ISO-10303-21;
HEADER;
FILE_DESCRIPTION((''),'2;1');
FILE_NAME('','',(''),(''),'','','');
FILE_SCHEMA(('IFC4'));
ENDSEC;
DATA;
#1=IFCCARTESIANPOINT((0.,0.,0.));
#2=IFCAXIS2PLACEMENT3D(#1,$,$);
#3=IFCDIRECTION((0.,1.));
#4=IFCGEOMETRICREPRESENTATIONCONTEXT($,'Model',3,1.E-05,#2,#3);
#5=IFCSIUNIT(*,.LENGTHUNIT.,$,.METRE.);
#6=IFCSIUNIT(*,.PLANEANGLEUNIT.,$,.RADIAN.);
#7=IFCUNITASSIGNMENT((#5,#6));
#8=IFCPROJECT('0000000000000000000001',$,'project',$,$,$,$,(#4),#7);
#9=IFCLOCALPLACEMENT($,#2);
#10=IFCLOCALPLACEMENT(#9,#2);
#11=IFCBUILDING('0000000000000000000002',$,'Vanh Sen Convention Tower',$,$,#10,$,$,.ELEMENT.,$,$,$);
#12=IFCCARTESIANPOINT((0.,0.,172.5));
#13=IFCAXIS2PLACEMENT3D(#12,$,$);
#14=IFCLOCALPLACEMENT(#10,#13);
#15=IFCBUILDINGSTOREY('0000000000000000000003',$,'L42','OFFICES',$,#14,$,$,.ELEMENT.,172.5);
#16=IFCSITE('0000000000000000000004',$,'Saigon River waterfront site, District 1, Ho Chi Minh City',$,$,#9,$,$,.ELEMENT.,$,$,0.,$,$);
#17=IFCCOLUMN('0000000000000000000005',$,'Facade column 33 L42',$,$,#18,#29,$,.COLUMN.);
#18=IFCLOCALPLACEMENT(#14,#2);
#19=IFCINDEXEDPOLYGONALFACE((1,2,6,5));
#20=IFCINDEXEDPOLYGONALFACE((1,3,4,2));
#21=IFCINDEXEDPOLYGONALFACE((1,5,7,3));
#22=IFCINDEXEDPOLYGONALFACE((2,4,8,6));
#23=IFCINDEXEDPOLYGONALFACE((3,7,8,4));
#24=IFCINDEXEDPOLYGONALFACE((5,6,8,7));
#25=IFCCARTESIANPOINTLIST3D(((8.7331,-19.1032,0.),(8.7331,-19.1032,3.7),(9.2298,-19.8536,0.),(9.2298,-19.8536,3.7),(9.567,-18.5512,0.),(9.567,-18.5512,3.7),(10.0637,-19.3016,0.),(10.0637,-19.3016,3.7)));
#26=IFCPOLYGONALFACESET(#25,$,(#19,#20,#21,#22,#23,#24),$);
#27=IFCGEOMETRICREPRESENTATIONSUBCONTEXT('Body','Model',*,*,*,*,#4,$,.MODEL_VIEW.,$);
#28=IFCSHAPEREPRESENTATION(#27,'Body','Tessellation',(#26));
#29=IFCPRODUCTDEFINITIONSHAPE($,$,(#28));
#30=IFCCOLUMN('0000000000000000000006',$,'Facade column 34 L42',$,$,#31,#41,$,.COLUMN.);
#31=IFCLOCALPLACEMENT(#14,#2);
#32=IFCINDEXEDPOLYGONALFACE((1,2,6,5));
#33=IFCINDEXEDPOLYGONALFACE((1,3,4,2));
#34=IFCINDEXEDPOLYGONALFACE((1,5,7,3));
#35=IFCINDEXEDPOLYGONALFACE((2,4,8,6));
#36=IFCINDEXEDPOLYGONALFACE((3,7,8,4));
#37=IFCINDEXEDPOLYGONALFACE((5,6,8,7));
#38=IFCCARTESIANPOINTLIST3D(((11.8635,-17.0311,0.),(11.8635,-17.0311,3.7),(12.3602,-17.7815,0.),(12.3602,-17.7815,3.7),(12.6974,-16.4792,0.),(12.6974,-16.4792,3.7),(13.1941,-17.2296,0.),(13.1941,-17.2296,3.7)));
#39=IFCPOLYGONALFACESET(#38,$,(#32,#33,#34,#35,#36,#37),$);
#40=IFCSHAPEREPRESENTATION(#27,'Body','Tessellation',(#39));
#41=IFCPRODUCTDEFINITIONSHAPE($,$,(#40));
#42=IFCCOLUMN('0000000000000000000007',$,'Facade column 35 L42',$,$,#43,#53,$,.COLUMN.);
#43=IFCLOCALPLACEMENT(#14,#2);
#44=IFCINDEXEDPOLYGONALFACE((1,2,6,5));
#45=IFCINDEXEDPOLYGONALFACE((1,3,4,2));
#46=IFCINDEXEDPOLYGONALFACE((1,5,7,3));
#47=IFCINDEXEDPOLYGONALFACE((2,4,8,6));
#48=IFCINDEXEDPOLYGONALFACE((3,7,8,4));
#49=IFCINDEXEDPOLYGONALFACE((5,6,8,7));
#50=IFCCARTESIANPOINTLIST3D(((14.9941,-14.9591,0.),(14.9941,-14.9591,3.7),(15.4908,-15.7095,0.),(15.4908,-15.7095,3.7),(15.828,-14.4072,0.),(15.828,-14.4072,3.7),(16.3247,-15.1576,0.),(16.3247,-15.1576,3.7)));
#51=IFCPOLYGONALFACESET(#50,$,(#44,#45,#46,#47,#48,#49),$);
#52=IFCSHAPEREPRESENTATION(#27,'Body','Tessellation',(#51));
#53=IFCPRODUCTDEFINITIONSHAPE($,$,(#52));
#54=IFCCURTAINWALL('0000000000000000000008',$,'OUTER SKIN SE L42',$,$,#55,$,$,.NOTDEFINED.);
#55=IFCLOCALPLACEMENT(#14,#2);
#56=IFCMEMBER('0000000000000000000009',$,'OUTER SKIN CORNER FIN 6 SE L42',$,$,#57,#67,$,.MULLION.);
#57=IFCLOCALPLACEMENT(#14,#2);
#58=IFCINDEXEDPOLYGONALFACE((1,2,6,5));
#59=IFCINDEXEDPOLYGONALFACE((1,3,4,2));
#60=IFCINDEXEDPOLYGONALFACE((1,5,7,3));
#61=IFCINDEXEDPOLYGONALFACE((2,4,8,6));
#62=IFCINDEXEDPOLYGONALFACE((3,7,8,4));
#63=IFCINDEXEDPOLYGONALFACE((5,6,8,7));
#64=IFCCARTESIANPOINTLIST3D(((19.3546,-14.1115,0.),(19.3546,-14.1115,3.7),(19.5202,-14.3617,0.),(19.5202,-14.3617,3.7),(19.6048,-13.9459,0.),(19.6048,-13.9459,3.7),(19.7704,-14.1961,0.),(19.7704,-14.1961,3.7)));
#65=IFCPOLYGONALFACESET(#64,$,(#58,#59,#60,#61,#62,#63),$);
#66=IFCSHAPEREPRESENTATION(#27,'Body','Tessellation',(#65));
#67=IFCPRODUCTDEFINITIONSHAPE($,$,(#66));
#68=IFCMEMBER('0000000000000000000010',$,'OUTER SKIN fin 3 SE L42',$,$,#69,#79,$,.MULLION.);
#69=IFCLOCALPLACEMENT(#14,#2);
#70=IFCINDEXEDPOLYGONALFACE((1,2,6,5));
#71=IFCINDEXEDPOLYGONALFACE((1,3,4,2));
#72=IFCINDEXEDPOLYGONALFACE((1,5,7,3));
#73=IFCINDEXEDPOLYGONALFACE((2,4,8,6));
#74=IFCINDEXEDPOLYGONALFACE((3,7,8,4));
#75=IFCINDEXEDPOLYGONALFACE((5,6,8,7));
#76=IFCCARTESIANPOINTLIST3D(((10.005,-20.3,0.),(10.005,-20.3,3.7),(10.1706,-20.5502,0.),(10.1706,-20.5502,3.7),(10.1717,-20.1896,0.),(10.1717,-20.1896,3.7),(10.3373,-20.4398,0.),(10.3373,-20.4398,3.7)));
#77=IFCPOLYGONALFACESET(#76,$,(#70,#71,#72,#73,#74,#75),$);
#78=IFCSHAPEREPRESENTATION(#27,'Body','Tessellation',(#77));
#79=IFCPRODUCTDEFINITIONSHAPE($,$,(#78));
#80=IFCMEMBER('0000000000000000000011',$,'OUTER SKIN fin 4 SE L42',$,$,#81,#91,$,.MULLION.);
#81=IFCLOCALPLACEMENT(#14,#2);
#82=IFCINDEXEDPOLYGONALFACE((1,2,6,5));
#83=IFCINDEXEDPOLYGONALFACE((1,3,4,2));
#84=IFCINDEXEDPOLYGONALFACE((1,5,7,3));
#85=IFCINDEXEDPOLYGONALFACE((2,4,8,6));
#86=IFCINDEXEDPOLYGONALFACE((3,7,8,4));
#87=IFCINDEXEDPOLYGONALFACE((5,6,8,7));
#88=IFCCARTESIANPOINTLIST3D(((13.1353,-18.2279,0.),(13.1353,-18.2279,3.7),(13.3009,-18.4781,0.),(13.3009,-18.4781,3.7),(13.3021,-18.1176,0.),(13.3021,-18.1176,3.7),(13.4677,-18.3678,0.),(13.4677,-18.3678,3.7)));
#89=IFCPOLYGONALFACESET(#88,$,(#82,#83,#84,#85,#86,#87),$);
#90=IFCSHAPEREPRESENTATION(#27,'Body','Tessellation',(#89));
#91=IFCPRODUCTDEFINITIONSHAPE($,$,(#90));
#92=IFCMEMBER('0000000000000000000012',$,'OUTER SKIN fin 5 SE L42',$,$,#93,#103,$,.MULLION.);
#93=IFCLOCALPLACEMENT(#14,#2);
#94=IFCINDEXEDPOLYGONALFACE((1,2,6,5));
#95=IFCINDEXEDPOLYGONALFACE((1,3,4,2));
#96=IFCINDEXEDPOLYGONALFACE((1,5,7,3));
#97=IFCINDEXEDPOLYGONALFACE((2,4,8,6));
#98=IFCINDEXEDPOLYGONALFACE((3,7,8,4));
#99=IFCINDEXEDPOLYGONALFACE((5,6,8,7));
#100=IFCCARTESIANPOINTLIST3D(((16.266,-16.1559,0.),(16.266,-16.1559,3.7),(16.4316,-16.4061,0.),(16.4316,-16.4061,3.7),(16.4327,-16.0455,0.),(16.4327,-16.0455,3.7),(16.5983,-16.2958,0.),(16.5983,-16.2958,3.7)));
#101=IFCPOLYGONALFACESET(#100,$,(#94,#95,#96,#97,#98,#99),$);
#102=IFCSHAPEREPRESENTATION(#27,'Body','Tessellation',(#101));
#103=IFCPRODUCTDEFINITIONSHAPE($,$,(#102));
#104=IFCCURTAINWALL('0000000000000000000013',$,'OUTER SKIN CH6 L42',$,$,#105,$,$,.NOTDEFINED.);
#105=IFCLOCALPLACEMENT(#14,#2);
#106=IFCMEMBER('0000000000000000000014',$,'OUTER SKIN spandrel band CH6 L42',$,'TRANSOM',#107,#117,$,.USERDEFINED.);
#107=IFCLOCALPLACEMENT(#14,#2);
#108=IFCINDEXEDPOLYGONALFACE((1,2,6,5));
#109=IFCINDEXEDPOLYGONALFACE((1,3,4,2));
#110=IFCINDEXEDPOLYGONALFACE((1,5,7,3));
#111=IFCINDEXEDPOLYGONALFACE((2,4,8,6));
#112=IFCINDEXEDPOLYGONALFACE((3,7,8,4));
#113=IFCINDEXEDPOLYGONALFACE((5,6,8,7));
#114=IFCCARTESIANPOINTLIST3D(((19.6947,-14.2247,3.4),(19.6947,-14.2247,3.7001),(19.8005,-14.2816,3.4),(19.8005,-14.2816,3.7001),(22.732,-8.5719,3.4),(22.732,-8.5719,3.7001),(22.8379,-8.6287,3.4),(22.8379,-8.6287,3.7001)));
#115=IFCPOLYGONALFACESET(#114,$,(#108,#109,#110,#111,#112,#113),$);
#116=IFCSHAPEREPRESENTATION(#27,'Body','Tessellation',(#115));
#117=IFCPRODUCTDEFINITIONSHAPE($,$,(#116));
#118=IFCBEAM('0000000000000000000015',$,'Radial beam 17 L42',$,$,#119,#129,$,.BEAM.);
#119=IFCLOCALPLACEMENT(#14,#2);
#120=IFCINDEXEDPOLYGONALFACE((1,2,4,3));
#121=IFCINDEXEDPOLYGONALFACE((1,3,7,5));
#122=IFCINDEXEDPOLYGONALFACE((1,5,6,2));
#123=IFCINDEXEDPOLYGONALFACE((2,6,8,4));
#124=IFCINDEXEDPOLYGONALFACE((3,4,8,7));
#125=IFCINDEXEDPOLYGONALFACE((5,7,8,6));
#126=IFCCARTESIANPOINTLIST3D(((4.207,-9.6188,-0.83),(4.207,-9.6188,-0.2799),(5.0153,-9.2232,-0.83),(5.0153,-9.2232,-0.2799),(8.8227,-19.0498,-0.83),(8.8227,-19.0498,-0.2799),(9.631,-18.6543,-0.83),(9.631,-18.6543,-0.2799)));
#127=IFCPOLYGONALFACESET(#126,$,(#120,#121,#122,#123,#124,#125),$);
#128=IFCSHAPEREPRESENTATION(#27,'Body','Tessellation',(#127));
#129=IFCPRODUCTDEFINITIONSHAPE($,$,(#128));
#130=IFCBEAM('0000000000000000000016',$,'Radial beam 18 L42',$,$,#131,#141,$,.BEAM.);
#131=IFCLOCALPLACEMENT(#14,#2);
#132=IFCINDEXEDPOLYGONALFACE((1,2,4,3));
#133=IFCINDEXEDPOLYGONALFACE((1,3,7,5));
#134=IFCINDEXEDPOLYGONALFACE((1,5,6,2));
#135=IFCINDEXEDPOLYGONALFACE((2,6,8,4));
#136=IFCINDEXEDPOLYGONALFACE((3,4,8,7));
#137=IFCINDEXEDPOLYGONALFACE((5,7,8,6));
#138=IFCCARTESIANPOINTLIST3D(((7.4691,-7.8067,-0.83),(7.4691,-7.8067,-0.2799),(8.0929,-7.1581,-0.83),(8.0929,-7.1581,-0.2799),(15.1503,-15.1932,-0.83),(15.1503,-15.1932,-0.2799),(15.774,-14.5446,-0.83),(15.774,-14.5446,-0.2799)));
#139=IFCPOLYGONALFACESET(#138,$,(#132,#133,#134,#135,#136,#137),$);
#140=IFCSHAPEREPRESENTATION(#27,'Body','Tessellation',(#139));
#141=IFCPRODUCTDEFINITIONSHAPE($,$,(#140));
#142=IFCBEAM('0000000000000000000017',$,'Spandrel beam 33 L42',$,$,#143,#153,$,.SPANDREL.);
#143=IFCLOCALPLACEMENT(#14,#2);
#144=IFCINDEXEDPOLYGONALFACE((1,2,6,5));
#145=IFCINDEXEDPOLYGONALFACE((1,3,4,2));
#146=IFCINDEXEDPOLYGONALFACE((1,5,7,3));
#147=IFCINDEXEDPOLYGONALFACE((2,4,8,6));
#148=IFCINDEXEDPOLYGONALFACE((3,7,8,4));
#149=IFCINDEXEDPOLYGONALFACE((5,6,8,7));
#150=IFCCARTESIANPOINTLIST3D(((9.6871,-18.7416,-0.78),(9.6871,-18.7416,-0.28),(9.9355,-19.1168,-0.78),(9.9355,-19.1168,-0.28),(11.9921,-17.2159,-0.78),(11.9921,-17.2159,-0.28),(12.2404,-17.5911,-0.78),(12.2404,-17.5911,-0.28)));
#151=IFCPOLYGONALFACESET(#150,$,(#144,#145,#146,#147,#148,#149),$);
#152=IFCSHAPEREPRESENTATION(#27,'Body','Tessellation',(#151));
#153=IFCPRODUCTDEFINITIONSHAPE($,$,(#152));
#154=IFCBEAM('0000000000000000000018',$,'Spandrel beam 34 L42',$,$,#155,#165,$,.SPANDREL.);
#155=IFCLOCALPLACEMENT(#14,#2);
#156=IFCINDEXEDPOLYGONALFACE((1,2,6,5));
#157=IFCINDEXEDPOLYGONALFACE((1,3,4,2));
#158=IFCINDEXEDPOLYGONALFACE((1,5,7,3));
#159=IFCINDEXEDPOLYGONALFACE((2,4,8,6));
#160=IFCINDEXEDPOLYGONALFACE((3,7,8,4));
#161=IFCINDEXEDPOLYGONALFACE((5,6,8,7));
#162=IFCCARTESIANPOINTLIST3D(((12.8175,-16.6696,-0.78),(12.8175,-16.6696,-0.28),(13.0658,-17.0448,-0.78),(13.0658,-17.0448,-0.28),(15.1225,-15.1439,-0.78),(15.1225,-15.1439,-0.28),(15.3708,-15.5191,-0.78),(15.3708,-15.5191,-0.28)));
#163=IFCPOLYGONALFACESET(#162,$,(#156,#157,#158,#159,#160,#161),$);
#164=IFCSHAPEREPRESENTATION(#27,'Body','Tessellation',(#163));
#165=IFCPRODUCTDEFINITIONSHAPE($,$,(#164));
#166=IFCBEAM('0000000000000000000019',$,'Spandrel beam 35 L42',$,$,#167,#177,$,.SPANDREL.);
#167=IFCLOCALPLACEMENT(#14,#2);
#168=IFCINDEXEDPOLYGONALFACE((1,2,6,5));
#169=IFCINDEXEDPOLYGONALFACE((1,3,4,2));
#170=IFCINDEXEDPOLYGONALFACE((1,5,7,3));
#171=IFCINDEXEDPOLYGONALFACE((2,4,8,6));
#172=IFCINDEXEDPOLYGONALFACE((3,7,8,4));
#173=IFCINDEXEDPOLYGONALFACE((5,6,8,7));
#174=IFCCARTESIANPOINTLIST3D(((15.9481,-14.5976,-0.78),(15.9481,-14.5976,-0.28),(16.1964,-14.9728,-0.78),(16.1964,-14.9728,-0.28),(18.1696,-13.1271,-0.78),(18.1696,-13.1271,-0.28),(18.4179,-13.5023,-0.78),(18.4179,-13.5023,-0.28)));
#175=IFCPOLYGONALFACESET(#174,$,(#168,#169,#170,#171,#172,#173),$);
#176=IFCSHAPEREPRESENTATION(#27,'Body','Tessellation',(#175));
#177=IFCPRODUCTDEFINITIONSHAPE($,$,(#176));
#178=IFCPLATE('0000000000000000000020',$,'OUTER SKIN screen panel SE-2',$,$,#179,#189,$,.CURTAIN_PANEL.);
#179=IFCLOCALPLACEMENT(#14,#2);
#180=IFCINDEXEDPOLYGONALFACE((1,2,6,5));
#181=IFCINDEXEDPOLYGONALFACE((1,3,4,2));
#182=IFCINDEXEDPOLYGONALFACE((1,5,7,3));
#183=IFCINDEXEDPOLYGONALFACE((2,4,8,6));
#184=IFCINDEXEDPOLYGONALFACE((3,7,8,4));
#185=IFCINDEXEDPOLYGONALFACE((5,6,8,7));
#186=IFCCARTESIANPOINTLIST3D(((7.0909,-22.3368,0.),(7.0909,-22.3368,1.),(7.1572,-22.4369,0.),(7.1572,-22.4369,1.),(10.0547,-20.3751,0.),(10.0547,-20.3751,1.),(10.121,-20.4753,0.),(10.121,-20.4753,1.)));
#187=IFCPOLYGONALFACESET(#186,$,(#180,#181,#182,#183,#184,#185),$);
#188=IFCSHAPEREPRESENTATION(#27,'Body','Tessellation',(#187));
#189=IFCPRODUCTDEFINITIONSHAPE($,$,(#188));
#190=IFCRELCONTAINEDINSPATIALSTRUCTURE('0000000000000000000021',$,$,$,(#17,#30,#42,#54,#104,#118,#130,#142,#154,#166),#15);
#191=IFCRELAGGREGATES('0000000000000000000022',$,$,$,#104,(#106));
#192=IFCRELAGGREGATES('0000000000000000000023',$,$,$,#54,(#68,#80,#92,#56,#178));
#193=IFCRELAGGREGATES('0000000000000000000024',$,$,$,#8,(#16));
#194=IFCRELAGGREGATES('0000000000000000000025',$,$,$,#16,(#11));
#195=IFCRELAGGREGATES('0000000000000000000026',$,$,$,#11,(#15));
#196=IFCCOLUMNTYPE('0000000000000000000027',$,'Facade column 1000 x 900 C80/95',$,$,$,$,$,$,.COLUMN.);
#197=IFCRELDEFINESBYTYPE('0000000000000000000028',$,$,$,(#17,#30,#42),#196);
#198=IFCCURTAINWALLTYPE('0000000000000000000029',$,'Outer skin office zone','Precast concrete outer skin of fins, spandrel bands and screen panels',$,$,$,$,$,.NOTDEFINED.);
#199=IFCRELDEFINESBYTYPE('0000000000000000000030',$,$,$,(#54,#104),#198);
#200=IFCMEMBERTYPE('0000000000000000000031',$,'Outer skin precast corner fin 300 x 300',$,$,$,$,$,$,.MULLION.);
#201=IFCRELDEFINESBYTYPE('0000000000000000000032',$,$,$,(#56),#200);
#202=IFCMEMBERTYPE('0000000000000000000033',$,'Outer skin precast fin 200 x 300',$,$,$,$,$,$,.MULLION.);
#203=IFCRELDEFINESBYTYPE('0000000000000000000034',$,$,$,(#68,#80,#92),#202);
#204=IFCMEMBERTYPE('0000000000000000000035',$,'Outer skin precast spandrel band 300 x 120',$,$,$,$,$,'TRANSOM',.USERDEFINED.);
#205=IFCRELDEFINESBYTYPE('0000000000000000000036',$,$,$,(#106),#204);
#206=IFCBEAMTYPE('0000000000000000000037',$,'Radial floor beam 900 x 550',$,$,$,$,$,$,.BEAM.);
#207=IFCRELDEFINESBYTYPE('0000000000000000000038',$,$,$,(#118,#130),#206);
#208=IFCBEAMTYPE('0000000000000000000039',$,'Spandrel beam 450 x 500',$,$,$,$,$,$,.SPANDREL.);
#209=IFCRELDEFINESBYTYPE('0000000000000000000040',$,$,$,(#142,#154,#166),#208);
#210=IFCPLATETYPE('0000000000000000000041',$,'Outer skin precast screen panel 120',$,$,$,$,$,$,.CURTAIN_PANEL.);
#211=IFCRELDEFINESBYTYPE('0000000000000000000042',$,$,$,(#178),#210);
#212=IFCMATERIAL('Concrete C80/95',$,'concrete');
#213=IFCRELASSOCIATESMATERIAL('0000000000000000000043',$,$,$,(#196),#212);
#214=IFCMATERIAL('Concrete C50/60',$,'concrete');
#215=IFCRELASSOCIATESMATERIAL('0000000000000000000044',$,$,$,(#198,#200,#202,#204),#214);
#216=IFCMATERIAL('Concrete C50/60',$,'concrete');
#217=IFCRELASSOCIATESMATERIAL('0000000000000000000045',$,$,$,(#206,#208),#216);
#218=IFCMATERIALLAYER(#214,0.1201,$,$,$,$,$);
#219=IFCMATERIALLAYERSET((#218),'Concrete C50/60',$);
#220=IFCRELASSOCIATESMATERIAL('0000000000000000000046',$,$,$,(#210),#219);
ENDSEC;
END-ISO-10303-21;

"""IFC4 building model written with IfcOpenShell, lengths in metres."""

from ifc_helpers import new_model, si_unit, direction, frame, origin, origin_2d, place, context, subcontext, project, spatial, rectangle, extrude, material, layer, layer_set, material_profile, profile_set, type_object, element, aggregate, save


model = new_model("IFC4")

# Units and contexts
model_context = context("Model", 3, precision=1e-05, world=origin(), true_north=direction((0.0, 1.0)))
body_context = subcontext(model_context, "Body", "Model", "MODEL_VIEW")
ifc_project = project(units=[si_unit("LENGTHUNIT", "METRE"), si_unit("PLANEANGLEUNIT", "RADIAN")], contexts=[model_context])

# Site, building, storey
site_placement = place(None, origin())
site = spatial("IfcSite", under=ifc_project, at=site_placement, Name="Saigon River waterfront site, District 1, Ho Chi Minh City", CompositionType="ELEMENT", RefElevation=0.0)
building_placement = place(site_placement, origin())
building = spatial("IfcBuilding", under=site, at=building_placement, Name="Vanh Sen Convention Tower", CompositionType="ELEMENT")
storey_placement = place(building_placement, frame((0.0, 0.0, 172.5)))
storey = spatial("IfcBuildingStorey", under=building, at=storey_placement, Name="L42", Description="OFFICES", CompositionType="ELEMENT", Elevation=172.5)

# Columns
ifc_material_1 = material(Name="Concrete C80/95", Category="concrete")
ifc_material_profile_1 = material_profile(ifc_material_1, rectangle(XDim=1.0, YDim=0.8999, at=origin_2d()), Name="RC 1000X900")
ifc_profile_set_1 = profile_set([ifc_material_profile_1], Name="Concrete C80/95")
column_type = type_object("IfcColumnType", Name="Facade column 1000 x 900 C80/95", PredefinedType="COLUMN", material=ifc_profile_set_1)
for number, where, z_axis, x_axis, name in (
    (1, (9.3984, -19.2024, 0.0), (0.0, 0.0, 1.0), (0.833886, 0.551937, 0.0), "Facade column 33 L42"),
    (2, (12.5288, -17.1304, 0.0), (0.0, 0.0, 1.0), (0.833886, 0.551937, 0.0), "Facade column 34 L42"),
    (3, (15.6594, -15.0583, 0.0), (0.0, 0.0, 1.0), (0.833886, 0.551937, 0.0), "Facade column 35 L42"),
):
    element("IfcColumn", number, at=place(storey_placement, frame(where, z_axis=z_axis, x_axis=x_axis)), inside=storey, type_object=column_type, Name=name, PredefinedType="COLUMN", context=body_context, shape_type="SweptSolid", body=[
        extrude(rectangle(XDim=1.0, YDim=0.8999, at=origin_2d()), origin(), (0.0, 0.0, 1.0), 3.7),
    ])

# Curtain wall, members
ifc_material_2 = material(Name="Concrete C50/60", Category="concrete")
curtain_wall_type = type_object("IfcCurtainWallType", Name="Outer skin office zone", Description="Precast concrete outer skin of fins, spandrel bands and screen panels", PredefinedType="NOTDEFINED", material=ifc_material_2)
curtain_wall_1_placement = place(storey_placement, origin())
curtain_wall_1 = element("IfcCurtainWall", 4, at=curtain_wall_1_placement, inside=storey, type_object=curtain_wall_type, Name="OUTER SKIN SE L42", PredefinedType="NOTDEFINED")
ifc_material_profile_2 = material_profile(ifc_material_2, rectangle(XDim=0.3, YDim=0.3, at=origin_2d()), Name="Outer skin precast corner fin 300 x 300")
ifc_profile_set_2 = profile_set([ifc_material_profile_2], Name="Concrete C50/60")
member_type_1 = type_object("IfcMemberType", Name="Outer skin precast corner fin 300 x 300", PredefinedType="MULLION", material=ifc_profile_set_2)
member_1_placement = place(storey_placement, frame((19.5625, -14.1538, 0.0), z_axis=(0.0, 0.0, 1.0), x_axis=(0.833886, 0.551937, 0.0)))
member_1 = element("IfcMember", 5, at=member_1_placement, type_object=member_type_1, Name="OUTER SKIN CORNER FIN 6 SE L42", PredefinedType="MULLION", context=body_context, shape_type="SweptSolid", body=[
    extrude(rectangle(XDim=0.3, YDim=0.3, at=origin_2d()), origin(), (0.0, 0.0, 1.0), 3.7),
])
ifc_material_profile_3 = material_profile(ifc_material_2, rectangle(XDim=0.2, YDim=0.3, at=origin_2d()), Name="Outer skin precast fin 200 x 300")
ifc_profile_set_3 = profile_set([ifc_material_profile_3], Name="Concrete C50/60")
member_type_2 = type_object("IfcMemberType", Name="Outer skin precast fin 200 x 300", PredefinedType="MULLION", material=ifc_profile_set_3)
member_2_placement = place(storey_placement, frame((10.1711, -20.3699, 0.0), z_axis=(0.0, 0.0, 1.0), x_axis=(0.833886, 0.551937, 0.0)))
member_2 = element("IfcMember", 6, at=member_2_placement, type_object=member_type_2, Name="OUTER SKIN fin 3 SE L42", PredefinedType="MULLION", context=body_context, shape_type="SweptSolid", body=[
    extrude(rectangle(XDim=0.2, YDim=0.3, at=origin_2d()), origin(), (0.0, 0.0, 1.0), 3.7),
])
member_3_placement = place(storey_placement, frame((13.3015, -18.2979, 0.0), z_axis=(0.0, 0.0, 1.0), x_axis=(0.833886, 0.551937, 0.0)))
member_3 = element("IfcMember", 7, at=member_3_placement, type_object=member_type_2, Name="OUTER SKIN fin 4 SE L42", PredefinedType="MULLION", context=body_context, shape_type="SweptSolid", body=[
    extrude(rectangle(XDim=0.2, YDim=0.3, at=origin_2d()), origin(), (0.0, 0.0, 1.0), 3.7),
])
member_4_placement = place(storey_placement, frame((16.4321, -16.2258, 0.0), z_axis=(0.0, 0.0, 1.0), x_axis=(0.833886, 0.551937, 0.0)))
member_4 = element("IfcMember", 8, at=member_4_placement, type_object=member_type_2, Name="OUTER SKIN fin 5 SE L42", PredefinedType="MULLION", context=body_context, shape_type="SweptSolid", body=[
    extrude(rectangle(XDim=0.2, YDim=0.3, at=origin_2d()), origin(), (0.0, 0.0, 1.0), 3.7),
])

# Curtain wall, member
curtain_wall_2_placement = place(storey_placement, origin())
curtain_wall_2 = element("IfcCurtainWall", 9, at=curtain_wall_2_placement, inside=storey, type_object=curtain_wall_type, Name="OUTER SKIN CH6 L42", PredefinedType="NOTDEFINED")
ifc_material_profile_4 = material_profile(ifc_material_2, rectangle(XDim=0.1201, YDim=0.3, at=origin_2d()), Name="Outer skin precast spandrel band 300 x 120")
ifc_profile_set_4 = profile_set([ifc_material_profile_4], Name="Concrete C50/60")
member_type_3 = type_object("IfcMemberType", Name="Outer skin precast spandrel band 300 x 120", ElementType="TRANSOM", PredefinedType="USERDEFINED", material=ifc_profile_set_4)
member_5_placement = place(storey_placement, frame((19.7476, -14.2532, 3.55), z_axis=(0.473317, 0.880892, 0.0), x_axis=(-0.880892, 0.473317, 0.0)))
member_5 = element("IfcMember", 10, at=member_5_placement, type_object=member_type_3, Name="OUTER SKIN spandrel band CH6 L42", ObjectType="TRANSOM", PredefinedType="USERDEFINED", context=body_context, shape_type="SweptSolid", body=[
    extrude(rectangle(XDim=0.1201, YDim=0.3, at=origin_2d()), origin(), (0.0, 0.0, 1.0), 6.4172),
])
aggregate(curtain_wall_2, [member_5])

# Beams
ifc_material_3 = material(Name="Concrete C50/60", Category="concrete")
ifc_material_profile_5 = material_profile(ifc_material_3, rectangle(XDim=0.8999, YDim=0.55, at=origin_2d()), Name="RC 900X550")
ifc_profile_set_5 = profile_set([ifc_material_profile_5], Name="Concrete C50/60")
beam_type_1 = type_object("IfcBeamType", Name="Radial floor beam 900 x 550", PredefinedType="BEAM", material=ifc_profile_set_5)
beam_1_placement = place(storey_placement, frame((9.2268, -18.8521, -0.5549), z_axis=(-0.43959, 0.898199, 0.0), x_axis=(-0.898199, -0.43959, 0.0)))
element("IfcBeam", 11, at=beam_1_placement, inside=storey, type_object=beam_type_1, Name="Radial beam 17 L42", PredefinedType="BEAM", context=body_context, shape_type="SweptSolid", body=[
    extrude(rectangle(XDim=0.8999, YDim=0.55, at=origin_2d()), origin(), (0.0, 0.0, 1.0), 10.5),
])
beam_2_placement = place(storey_placement, frame((15.4622, -14.8689, -0.5549), z_axis=(-0.720798, 0.693145, 0.0), x_axis=(-0.693145, -0.720798, 0.0)))
element("IfcBeam", 12, at=beam_2_placement, inside=storey, type_object=beam_type_1, Name="Radial beam 18 L42", PredefinedType="BEAM", context=body_context, shape_type="SweptSolid", body=[
    extrude(rectangle(XDim=0.8999, YDim=0.55, at=origin_2d()), origin(), (0.0, 0.0, 1.0), 10.6565),
])
ifc_material_profile_6 = material_profile(ifc_material_3, rectangle(XDim=0.45, YDim=0.5, at=origin_2d()), Name="RC 450X500")
ifc_profile_set_6 = profile_set([ifc_material_profile_6], Name="Concrete C50/60")
beam_type_2 = type_object("IfcBeamType", Name="Spandrel beam 450 x 500", PredefinedType="SPANDREL", material=ifc_profile_set_6)
for number, where, z_axis, x_axis, name in (
    (13, (9.8113, -18.9292, -0.53), (0.83388, 0.551945, 0.0), (-0.551945, 0.83388, 0.0), "Spandrel beam 33 L42"),
    (14, (12.9417, -16.8572, -0.53), (0.83388, 0.551945, 0.0), (-0.551945, 0.83388, 0.0), "Spandrel beam 34 L42"),
):
    element("IfcBeam", number, at=place(storey_placement, frame(where, z_axis=z_axis, x_axis=x_axis)), inside=storey, type_object=beam_type_2, Name=name, PredefinedType="SPANDREL", context=body_context, shape_type="SweptSolid", body=[
        extrude(rectangle(XDim=0.45, YDim=0.5, at=origin_2d()), origin(), (0.0, 0.0, 1.0), 2.7642),
    ])
beam_3_placement = place(storey_placement, frame((16.0723, -14.7852, -0.53), z_axis=(0.833865, 0.551969, 0.0), x_axis=(-0.551969, 0.833865, 0.0)))
element("IfcBeam", 15, at=beam_3_placement, inside=storey, type_object=beam_type_2, Name="Spandrel beam 35 L42", PredefinedType="SPANDREL", context=body_context, shape_type="SweptSolid", body=[
    extrude(rectangle(XDim=0.45, YDim=0.5, at=origin_2d()), origin(), (0.0, 0.0, 1.0), 2.6641),
])

# Plate
ifc_layer_1 = layer(ifc_material_2, 0.1201)
ifc_layer_set_1 = layer_set([ifc_layer_1], Name="Concrete C50/60")
plate_type = type_object("IfcPlateType", Name="Outer skin precast screen panel 120", PredefinedType="CURTAIN_PANEL", material=ifc_layer_set_1)
plate_1_placement = place(storey_placement, frame((8.606, -21.406, 0.0), z_axis=(0.0, 0.0, 1.0), x_axis=(0.83389, 0.551931, 0.0)))
plate_1 = element("IfcPlate", 16, at=plate_1_placement, type_object=plate_type, Name="OUTER SKIN screen panel SE-2", PredefinedType="CURTAIN_PANEL", context=body_context, shape_type="SweptSolid", body=[
    extrude(rectangle(XDim=3.5542, YDim=0.1201, at=origin_2d()), origin(), (0.0, 0.0, 1.0), 1.0),
])
aggregate(curtain_wall_1, [member_2, member_3, member_4, member_1, plate_1])

save(model, "model.ifc")
